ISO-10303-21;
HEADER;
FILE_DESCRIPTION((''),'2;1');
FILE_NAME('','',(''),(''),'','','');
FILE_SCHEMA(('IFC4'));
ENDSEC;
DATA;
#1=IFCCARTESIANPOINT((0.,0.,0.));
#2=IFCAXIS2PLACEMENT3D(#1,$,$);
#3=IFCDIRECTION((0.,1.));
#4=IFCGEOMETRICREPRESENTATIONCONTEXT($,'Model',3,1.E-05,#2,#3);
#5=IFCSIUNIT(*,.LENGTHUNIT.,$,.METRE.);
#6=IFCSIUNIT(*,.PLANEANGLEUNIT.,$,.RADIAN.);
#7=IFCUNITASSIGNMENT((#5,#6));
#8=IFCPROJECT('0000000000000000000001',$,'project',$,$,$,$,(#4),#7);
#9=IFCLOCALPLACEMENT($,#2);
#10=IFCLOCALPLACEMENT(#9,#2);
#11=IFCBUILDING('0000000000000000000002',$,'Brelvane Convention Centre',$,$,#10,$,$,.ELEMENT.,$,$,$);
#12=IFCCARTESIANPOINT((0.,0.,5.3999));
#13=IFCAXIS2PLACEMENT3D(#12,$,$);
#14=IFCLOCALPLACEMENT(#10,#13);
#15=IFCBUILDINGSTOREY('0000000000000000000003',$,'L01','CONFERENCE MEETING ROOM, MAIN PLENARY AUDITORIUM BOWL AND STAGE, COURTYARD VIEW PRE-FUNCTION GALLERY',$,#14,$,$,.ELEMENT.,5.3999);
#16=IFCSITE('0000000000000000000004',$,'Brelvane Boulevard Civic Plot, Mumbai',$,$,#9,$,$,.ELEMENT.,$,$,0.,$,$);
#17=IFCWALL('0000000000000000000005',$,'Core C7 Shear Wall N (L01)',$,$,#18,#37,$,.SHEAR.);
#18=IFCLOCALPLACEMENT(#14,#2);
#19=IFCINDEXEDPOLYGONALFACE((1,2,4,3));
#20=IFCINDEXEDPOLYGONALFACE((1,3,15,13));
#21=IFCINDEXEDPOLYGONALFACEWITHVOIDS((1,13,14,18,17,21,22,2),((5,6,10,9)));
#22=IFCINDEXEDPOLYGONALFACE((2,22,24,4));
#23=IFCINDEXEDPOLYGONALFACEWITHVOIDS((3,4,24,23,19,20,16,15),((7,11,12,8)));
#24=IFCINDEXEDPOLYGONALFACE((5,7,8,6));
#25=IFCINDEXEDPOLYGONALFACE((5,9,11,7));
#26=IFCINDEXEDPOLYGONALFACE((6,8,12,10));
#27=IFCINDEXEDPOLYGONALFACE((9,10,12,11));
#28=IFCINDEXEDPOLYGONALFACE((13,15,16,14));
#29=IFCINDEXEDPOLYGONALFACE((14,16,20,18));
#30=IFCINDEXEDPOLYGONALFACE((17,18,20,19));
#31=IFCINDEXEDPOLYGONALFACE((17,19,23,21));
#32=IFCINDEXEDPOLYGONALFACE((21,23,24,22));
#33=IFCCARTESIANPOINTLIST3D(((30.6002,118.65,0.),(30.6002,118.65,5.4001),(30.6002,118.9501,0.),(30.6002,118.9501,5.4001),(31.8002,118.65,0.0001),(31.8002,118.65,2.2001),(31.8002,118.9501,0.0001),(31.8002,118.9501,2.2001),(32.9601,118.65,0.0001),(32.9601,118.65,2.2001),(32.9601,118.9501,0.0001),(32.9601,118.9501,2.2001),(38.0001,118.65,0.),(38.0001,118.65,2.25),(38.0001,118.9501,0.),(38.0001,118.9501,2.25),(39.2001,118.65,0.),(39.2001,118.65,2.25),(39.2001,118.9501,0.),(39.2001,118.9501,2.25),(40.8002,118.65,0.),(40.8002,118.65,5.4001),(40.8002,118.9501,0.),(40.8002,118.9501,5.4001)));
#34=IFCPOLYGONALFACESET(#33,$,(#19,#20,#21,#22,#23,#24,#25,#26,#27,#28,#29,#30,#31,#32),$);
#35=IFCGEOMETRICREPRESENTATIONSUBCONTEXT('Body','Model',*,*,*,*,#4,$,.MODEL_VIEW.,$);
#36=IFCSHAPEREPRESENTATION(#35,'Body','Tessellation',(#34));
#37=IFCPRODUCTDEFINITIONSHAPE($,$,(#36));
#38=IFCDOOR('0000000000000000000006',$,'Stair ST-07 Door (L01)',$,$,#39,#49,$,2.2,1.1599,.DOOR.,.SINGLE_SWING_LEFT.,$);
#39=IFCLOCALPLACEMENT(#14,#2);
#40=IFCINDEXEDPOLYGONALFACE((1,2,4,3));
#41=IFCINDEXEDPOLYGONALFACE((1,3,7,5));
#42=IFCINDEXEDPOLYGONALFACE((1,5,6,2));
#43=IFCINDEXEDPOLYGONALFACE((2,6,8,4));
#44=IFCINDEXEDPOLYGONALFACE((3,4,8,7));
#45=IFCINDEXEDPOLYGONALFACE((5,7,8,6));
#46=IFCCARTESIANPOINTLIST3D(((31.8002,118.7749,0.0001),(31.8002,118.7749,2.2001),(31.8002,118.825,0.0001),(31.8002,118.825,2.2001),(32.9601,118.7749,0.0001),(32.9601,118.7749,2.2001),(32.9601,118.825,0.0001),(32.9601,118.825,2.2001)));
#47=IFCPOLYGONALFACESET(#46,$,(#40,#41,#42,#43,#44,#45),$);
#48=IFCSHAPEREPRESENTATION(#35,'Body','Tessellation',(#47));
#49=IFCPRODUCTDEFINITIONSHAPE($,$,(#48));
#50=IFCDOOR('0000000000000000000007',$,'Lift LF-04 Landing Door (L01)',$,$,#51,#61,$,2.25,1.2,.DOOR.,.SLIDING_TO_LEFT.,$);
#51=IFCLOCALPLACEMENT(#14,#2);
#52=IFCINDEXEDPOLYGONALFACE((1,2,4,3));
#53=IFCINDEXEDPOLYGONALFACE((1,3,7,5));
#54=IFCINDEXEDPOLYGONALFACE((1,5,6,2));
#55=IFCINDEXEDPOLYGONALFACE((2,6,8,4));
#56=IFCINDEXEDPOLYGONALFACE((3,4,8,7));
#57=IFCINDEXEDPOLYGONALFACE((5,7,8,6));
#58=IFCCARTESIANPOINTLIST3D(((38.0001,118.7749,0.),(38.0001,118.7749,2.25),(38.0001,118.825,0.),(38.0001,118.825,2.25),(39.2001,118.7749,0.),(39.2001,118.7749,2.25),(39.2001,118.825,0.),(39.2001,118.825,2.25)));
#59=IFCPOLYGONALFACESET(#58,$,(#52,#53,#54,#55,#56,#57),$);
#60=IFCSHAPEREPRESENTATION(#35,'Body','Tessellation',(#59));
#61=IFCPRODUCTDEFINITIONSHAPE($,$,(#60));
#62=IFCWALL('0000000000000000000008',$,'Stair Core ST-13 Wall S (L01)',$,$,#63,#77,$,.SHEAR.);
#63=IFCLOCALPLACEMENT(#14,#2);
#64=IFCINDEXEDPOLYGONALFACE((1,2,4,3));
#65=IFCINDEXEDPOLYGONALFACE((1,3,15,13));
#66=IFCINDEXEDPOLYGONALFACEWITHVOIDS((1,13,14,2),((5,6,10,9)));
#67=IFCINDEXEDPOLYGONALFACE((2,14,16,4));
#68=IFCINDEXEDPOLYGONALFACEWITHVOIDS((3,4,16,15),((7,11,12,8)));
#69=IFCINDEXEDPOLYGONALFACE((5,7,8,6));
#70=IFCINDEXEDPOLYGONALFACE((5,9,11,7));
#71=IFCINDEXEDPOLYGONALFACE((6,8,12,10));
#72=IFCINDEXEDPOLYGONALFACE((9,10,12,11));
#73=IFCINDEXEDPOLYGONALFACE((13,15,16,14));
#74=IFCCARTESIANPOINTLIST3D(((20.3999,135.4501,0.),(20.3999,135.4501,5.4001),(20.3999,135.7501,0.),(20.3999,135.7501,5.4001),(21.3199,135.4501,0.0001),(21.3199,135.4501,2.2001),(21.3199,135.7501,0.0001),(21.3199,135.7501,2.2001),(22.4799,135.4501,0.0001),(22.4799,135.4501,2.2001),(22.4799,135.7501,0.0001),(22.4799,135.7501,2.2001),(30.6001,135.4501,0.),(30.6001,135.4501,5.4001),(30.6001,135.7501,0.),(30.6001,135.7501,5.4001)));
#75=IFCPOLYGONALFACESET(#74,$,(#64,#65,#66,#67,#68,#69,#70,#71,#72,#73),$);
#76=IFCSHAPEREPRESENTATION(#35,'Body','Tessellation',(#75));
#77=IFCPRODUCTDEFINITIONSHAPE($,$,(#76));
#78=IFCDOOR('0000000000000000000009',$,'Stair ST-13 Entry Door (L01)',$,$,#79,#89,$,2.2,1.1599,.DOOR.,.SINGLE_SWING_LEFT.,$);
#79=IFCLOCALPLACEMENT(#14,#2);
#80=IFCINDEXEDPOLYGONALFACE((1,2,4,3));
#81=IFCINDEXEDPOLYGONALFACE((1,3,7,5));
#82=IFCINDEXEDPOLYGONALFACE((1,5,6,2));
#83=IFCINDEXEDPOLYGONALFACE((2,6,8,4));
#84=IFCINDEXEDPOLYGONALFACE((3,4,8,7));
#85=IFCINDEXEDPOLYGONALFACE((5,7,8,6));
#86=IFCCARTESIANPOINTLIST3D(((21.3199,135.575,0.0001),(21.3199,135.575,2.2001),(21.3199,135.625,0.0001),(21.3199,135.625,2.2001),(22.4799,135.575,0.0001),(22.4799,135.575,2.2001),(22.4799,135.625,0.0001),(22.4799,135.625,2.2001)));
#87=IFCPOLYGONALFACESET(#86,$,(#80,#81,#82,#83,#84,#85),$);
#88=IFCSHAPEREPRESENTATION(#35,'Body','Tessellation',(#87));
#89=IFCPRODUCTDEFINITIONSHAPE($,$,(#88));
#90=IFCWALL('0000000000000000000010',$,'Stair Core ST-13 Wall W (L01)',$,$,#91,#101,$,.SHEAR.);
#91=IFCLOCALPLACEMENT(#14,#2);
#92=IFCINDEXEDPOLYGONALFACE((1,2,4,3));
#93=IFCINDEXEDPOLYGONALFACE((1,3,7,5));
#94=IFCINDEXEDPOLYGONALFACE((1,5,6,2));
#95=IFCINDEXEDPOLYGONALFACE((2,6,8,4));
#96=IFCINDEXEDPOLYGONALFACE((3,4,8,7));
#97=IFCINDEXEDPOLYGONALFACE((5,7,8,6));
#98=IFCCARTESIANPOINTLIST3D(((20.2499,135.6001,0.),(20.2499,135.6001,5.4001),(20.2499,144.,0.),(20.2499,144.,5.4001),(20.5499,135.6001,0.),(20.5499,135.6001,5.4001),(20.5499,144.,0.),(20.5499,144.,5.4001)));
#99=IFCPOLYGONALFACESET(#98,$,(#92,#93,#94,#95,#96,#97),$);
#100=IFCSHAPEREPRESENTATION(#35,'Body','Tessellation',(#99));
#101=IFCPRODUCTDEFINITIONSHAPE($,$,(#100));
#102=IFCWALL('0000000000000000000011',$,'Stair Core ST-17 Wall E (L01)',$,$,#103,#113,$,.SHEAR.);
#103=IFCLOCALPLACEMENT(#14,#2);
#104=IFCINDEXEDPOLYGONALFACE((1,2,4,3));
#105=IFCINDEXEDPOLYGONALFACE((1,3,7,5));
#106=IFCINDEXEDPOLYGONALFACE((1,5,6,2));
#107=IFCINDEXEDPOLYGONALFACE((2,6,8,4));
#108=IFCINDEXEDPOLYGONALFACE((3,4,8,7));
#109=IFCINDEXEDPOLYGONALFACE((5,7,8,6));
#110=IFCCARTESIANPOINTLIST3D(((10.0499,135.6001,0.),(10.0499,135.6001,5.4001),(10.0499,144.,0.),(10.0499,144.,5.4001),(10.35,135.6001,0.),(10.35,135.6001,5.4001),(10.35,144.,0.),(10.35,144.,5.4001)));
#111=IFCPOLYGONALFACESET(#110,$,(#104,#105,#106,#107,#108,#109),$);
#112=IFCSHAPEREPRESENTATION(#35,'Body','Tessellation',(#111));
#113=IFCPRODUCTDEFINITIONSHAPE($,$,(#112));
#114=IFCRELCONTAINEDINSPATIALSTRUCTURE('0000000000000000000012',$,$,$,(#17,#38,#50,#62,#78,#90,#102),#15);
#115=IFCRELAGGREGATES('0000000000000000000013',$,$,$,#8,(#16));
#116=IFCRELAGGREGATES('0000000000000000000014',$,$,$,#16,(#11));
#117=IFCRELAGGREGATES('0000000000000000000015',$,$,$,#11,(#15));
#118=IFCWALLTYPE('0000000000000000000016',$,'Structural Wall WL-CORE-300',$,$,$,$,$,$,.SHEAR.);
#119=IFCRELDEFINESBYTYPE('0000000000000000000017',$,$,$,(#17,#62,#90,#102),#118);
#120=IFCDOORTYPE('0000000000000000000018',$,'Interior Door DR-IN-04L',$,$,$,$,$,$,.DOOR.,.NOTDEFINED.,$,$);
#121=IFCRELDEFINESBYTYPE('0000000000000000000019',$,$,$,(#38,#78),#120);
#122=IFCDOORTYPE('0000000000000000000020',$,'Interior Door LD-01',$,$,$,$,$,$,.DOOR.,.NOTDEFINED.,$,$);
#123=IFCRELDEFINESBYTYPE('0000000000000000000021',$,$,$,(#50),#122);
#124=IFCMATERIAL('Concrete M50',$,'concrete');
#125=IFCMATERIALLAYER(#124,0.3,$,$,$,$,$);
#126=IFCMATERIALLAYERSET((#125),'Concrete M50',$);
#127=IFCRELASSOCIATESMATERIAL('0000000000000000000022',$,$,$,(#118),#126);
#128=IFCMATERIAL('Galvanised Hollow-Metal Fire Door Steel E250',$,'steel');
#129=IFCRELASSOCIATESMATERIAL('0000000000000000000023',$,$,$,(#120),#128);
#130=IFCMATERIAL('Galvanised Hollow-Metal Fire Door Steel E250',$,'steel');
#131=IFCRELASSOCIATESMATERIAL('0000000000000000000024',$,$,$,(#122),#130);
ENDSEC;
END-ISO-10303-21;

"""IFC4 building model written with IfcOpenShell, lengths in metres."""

from ifc_helpers import new_model, si_unit, direction, frame, frame_2d, origin, place, context, subcontext, project, spatial, rectangle, extrude, material, layer, layer_set, type_object, element, fill, save


model = new_model("IFC4")

# Units and contexts
model_context = context("Model", 3, precision=1e-05, world=origin(), true_north=direction((0.0, 1.0)))
body_context = subcontext(model_context, "Body", "Model", "MODEL_VIEW")
ifc_project = project(units=[si_unit("LENGTHUNIT", "METRE"), si_unit("PLANEANGLEUNIT", "RADIAN")], contexts=[model_context])

# Site, building, storey
site_placement = place(None, origin())
site = spatial("IfcSite", under=ifc_project, at=site_placement, Name="Brelvane Boulevard Civic Plot, Mumbai", CompositionType="ELEMENT", RefElevation=0.0)
building_placement = place(site_placement, origin())
building = spatial("IfcBuilding", under=site, at=building_placement, Name="Brelvane Convention Centre", CompositionType="ELEMENT")
storey_placement = place(building_placement, frame((0.0, 0.0, 5.3999)))
storey = spatial("IfcBuildingStorey", under=building, at=storey_placement, Name="L01", Description="CONFERENCE MEETING ROOM, MAIN PLENARY AUDITORIUM BOWL AND STAGE, COURTYARD VIEW PRE-FUNCTION GALLERY", CompositionType="ELEMENT", Elevation=5.3999)

# Wall, openings, doors
ifc_material_1 = material(Name="Concrete M50", Category="concrete")
ifc_layer_1 = layer(ifc_material_1, 0.3)
ifc_layer_set_1 = layer_set([ifc_layer_1], Name="Concrete M50")
wall_type_1 = type_object("IfcWallType", Name="Structural Wall WL-CORE-300", PredefinedType="SHEAR", material=ifc_layer_set_1)
wall_1_placement = place(storey_placement, frame((30.6001, 118.8, 0.0), z_axis=(0.0, 0.0, 1.0), x_axis=(1.0, 0.0, 0.0)))
wall_1 = element("IfcWall", 1, at=wall_1_placement, inside=storey, type_object=wall_type_1, Name="Core C7 Shear Wall N (L01)", PredefinedType="SHEAR", context=body_context, shape_type="SweptSolid", body=[
    extrude(rectangle(XDim=10.2, YDim=0.3, at=frame_2d((5.1001, 0.0))), origin(), (0.0, 0.0, 1.0), 5.4001),
])
opening_1_placement = place(wall_1_placement, frame((1.2, 0.0, 0.0)))
opening_1 = element("IfcOpeningElement", 2, at=opening_1_placement, cuts=wall_1, PredefinedType="OPENING", context=body_context, shape_type="SweptSolid", body=[
    extrude(rectangle(XDim=1.1599, YDim=2.2, at=frame_2d((0.5801, 1.1001))), frame((0.0, 0.1599, 0.0), z_axis=(0.0, -1.0, 0.0), x_axis=(1.0, 0.0, 0.0)), (0.0, 0.0, 1.0), 0.3201),
])
opening_2_placement = place(wall_1_placement, frame((7.3999, 0.0, 0.0)))
opening_2 = element("IfcOpeningElement", 3, at=opening_2_placement, cuts=wall_1, PredefinedType="OPENING", context=body_context, shape_type="SweptSolid", body=[
    extrude(rectangle(XDim=1.2, YDim=2.25, at=frame_2d((0.6001, 1.125))), frame((0.0, 0.1599, 0.0), z_axis=(0.0, -1.0, 0.0), x_axis=(1.0, 0.0, 0.0)), (0.0, 0.0, 1.0), 0.3201),
])
ifc_material_2 = material(Name="Galvanised Hollow-Metal Fire Door Steel E250", Category="steel")
door_type_1 = type_object("IfcDoorType", Name="Interior Door DR-IN-04L", OperationType="NOTDEFINED", PredefinedType="DOOR", material=ifc_material_2)
door_1_placement = place(opening_1_placement, origin())
door_1 = element("IfcDoor", 4, at=door_1_placement, inside=storey, type_object=door_type_1, Name="Stair ST-07 Door (L01)", OperationType="SINGLE_SWING_LEFT", OverallHeight=2.2, OverallWidth=1.1599, PredefinedType="DOOR", context=body_context, shape_type="SweptSolid", body=[
    extrude(rectangle(XDim=1.1599, YDim=2.2, at=frame_2d((0.5801, 1.1001))), frame((0.0, 0.0249, 0.0), z_axis=(0.0, -1.0, 0.0), x_axis=(1.0, 0.0, 0.0)), (0.0, 0.0, 1.0), 0.05),
])
fill(opening_1, door_1)
ifc_material_3 = material(Name="Galvanised Hollow-Metal Fire Door Steel E250", Category="steel")
door_type_2 = type_object("IfcDoorType", Name="Interior Door LD-01", OperationType="NOTDEFINED", PredefinedType="DOOR", material=ifc_material_3)
door_2_placement = place(opening_2_placement, origin())
door_2 = element("IfcDoor", 5, at=door_2_placement, inside=storey, type_object=door_type_2, Name="Lift LF-04 Landing Door (L01)", OperationType="SLIDING_TO_LEFT", OverallHeight=2.25, OverallWidth=1.2, PredefinedType="DOOR", context=body_context, shape_type="SweptSolid", body=[
    extrude(rectangle(XDim=1.2, YDim=2.25, at=frame_2d((0.6001, 1.125))), frame((0.0, 0.0249, 0.0), z_axis=(0.0, -1.0, 0.0), x_axis=(1.0, 0.0, 0.0)), (0.0, 0.0, 1.0), 0.05),
])
fill(opening_2, door_2)

# Wall, opening, door
wall_2_placement = place(storey_placement, frame((20.3999, 135.6001, 0.0), z_axis=(0.0, 0.0, 1.0), x_axis=(1.0, 0.0, 0.0)))
wall_2 = element("IfcWall", 6, at=wall_2_placement, inside=storey, type_object=wall_type_1, Name="Stair Core ST-13 Wall S (L01)", PredefinedType="SHEAR", context=body_context, shape_type="SweptSolid", body=[
    extrude(rectangle(XDim=10.2002, YDim=0.3, at=frame_2d((5.1001, 0.0))), origin(), (0.0, 0.0, 1.0), 5.4001),
])
opening_3_placement = place(wall_2_placement, frame((0.9199, 0.0, 0.0)))
opening_3 = element("IfcOpeningElement", 7, at=opening_3_placement, cuts=wall_2, PredefinedType="OPENING", context=body_context, shape_type="SweptSolid", body=[
    extrude(rectangle(XDim=1.1599, YDim=2.2, at=frame_2d((0.5801, 1.1001))), frame((0.0, 0.1599, 0.0), z_axis=(0.0, -1.0, 0.0), x_axis=(1.0, 0.0, 0.0)), (0.0, 0.0, 1.0), 0.3201),
])
door_3_placement = place(opening_3_placement, origin())
door_3 = element("IfcDoor", 8, at=door_3_placement, inside=storey, type_object=door_type_1, Name="Stair ST-13 Entry Door (L01)", OperationType="SINGLE_SWING_LEFT", OverallHeight=2.2, OverallWidth=1.1599, PredefinedType="DOOR", context=body_context, shape_type="SweptSolid", body=[
    extrude(rectangle(XDim=1.1599, YDim=2.2, at=frame_2d((0.5801, 1.1001))), frame((0.0, 0.0249, 0.0), z_axis=(0.0, -1.0, 0.0), x_axis=(1.0, 0.0, 0.0)), (0.0, 0.0, 1.0), 0.05),
])
fill(opening_3, door_3)

# Walls
for number, where, z_axis, x_axis, name in (
    (9, (20.3999, 135.6001, 0.0), (0.0, 0.0, 1.0), (0.0, 1.0, 0.0), "Stair Core ST-13 Wall W (L01)"),
    (10, (10.2, 135.6001, 0.0), (0.0, 0.0, 1.0), (0.0, 1.0, 0.0), "Stair Core ST-17 Wall E (L01)"),
):
    element("IfcWall", number, at=place(storey_placement, frame(where, z_axis=z_axis, x_axis=x_axis)), inside=storey, type_object=wall_type_1, Name=name, PredefinedType="SHEAR", context=body_context, shape_type="SweptSolid", body=[
        extrude(rectangle(XDim=8.3999, YDim=0.3, at=frame_2d((4.2, 0.0))), origin(), (0.0, 0.0, 1.0), 5.4001),
    ])

save(model, "model.ifc")
